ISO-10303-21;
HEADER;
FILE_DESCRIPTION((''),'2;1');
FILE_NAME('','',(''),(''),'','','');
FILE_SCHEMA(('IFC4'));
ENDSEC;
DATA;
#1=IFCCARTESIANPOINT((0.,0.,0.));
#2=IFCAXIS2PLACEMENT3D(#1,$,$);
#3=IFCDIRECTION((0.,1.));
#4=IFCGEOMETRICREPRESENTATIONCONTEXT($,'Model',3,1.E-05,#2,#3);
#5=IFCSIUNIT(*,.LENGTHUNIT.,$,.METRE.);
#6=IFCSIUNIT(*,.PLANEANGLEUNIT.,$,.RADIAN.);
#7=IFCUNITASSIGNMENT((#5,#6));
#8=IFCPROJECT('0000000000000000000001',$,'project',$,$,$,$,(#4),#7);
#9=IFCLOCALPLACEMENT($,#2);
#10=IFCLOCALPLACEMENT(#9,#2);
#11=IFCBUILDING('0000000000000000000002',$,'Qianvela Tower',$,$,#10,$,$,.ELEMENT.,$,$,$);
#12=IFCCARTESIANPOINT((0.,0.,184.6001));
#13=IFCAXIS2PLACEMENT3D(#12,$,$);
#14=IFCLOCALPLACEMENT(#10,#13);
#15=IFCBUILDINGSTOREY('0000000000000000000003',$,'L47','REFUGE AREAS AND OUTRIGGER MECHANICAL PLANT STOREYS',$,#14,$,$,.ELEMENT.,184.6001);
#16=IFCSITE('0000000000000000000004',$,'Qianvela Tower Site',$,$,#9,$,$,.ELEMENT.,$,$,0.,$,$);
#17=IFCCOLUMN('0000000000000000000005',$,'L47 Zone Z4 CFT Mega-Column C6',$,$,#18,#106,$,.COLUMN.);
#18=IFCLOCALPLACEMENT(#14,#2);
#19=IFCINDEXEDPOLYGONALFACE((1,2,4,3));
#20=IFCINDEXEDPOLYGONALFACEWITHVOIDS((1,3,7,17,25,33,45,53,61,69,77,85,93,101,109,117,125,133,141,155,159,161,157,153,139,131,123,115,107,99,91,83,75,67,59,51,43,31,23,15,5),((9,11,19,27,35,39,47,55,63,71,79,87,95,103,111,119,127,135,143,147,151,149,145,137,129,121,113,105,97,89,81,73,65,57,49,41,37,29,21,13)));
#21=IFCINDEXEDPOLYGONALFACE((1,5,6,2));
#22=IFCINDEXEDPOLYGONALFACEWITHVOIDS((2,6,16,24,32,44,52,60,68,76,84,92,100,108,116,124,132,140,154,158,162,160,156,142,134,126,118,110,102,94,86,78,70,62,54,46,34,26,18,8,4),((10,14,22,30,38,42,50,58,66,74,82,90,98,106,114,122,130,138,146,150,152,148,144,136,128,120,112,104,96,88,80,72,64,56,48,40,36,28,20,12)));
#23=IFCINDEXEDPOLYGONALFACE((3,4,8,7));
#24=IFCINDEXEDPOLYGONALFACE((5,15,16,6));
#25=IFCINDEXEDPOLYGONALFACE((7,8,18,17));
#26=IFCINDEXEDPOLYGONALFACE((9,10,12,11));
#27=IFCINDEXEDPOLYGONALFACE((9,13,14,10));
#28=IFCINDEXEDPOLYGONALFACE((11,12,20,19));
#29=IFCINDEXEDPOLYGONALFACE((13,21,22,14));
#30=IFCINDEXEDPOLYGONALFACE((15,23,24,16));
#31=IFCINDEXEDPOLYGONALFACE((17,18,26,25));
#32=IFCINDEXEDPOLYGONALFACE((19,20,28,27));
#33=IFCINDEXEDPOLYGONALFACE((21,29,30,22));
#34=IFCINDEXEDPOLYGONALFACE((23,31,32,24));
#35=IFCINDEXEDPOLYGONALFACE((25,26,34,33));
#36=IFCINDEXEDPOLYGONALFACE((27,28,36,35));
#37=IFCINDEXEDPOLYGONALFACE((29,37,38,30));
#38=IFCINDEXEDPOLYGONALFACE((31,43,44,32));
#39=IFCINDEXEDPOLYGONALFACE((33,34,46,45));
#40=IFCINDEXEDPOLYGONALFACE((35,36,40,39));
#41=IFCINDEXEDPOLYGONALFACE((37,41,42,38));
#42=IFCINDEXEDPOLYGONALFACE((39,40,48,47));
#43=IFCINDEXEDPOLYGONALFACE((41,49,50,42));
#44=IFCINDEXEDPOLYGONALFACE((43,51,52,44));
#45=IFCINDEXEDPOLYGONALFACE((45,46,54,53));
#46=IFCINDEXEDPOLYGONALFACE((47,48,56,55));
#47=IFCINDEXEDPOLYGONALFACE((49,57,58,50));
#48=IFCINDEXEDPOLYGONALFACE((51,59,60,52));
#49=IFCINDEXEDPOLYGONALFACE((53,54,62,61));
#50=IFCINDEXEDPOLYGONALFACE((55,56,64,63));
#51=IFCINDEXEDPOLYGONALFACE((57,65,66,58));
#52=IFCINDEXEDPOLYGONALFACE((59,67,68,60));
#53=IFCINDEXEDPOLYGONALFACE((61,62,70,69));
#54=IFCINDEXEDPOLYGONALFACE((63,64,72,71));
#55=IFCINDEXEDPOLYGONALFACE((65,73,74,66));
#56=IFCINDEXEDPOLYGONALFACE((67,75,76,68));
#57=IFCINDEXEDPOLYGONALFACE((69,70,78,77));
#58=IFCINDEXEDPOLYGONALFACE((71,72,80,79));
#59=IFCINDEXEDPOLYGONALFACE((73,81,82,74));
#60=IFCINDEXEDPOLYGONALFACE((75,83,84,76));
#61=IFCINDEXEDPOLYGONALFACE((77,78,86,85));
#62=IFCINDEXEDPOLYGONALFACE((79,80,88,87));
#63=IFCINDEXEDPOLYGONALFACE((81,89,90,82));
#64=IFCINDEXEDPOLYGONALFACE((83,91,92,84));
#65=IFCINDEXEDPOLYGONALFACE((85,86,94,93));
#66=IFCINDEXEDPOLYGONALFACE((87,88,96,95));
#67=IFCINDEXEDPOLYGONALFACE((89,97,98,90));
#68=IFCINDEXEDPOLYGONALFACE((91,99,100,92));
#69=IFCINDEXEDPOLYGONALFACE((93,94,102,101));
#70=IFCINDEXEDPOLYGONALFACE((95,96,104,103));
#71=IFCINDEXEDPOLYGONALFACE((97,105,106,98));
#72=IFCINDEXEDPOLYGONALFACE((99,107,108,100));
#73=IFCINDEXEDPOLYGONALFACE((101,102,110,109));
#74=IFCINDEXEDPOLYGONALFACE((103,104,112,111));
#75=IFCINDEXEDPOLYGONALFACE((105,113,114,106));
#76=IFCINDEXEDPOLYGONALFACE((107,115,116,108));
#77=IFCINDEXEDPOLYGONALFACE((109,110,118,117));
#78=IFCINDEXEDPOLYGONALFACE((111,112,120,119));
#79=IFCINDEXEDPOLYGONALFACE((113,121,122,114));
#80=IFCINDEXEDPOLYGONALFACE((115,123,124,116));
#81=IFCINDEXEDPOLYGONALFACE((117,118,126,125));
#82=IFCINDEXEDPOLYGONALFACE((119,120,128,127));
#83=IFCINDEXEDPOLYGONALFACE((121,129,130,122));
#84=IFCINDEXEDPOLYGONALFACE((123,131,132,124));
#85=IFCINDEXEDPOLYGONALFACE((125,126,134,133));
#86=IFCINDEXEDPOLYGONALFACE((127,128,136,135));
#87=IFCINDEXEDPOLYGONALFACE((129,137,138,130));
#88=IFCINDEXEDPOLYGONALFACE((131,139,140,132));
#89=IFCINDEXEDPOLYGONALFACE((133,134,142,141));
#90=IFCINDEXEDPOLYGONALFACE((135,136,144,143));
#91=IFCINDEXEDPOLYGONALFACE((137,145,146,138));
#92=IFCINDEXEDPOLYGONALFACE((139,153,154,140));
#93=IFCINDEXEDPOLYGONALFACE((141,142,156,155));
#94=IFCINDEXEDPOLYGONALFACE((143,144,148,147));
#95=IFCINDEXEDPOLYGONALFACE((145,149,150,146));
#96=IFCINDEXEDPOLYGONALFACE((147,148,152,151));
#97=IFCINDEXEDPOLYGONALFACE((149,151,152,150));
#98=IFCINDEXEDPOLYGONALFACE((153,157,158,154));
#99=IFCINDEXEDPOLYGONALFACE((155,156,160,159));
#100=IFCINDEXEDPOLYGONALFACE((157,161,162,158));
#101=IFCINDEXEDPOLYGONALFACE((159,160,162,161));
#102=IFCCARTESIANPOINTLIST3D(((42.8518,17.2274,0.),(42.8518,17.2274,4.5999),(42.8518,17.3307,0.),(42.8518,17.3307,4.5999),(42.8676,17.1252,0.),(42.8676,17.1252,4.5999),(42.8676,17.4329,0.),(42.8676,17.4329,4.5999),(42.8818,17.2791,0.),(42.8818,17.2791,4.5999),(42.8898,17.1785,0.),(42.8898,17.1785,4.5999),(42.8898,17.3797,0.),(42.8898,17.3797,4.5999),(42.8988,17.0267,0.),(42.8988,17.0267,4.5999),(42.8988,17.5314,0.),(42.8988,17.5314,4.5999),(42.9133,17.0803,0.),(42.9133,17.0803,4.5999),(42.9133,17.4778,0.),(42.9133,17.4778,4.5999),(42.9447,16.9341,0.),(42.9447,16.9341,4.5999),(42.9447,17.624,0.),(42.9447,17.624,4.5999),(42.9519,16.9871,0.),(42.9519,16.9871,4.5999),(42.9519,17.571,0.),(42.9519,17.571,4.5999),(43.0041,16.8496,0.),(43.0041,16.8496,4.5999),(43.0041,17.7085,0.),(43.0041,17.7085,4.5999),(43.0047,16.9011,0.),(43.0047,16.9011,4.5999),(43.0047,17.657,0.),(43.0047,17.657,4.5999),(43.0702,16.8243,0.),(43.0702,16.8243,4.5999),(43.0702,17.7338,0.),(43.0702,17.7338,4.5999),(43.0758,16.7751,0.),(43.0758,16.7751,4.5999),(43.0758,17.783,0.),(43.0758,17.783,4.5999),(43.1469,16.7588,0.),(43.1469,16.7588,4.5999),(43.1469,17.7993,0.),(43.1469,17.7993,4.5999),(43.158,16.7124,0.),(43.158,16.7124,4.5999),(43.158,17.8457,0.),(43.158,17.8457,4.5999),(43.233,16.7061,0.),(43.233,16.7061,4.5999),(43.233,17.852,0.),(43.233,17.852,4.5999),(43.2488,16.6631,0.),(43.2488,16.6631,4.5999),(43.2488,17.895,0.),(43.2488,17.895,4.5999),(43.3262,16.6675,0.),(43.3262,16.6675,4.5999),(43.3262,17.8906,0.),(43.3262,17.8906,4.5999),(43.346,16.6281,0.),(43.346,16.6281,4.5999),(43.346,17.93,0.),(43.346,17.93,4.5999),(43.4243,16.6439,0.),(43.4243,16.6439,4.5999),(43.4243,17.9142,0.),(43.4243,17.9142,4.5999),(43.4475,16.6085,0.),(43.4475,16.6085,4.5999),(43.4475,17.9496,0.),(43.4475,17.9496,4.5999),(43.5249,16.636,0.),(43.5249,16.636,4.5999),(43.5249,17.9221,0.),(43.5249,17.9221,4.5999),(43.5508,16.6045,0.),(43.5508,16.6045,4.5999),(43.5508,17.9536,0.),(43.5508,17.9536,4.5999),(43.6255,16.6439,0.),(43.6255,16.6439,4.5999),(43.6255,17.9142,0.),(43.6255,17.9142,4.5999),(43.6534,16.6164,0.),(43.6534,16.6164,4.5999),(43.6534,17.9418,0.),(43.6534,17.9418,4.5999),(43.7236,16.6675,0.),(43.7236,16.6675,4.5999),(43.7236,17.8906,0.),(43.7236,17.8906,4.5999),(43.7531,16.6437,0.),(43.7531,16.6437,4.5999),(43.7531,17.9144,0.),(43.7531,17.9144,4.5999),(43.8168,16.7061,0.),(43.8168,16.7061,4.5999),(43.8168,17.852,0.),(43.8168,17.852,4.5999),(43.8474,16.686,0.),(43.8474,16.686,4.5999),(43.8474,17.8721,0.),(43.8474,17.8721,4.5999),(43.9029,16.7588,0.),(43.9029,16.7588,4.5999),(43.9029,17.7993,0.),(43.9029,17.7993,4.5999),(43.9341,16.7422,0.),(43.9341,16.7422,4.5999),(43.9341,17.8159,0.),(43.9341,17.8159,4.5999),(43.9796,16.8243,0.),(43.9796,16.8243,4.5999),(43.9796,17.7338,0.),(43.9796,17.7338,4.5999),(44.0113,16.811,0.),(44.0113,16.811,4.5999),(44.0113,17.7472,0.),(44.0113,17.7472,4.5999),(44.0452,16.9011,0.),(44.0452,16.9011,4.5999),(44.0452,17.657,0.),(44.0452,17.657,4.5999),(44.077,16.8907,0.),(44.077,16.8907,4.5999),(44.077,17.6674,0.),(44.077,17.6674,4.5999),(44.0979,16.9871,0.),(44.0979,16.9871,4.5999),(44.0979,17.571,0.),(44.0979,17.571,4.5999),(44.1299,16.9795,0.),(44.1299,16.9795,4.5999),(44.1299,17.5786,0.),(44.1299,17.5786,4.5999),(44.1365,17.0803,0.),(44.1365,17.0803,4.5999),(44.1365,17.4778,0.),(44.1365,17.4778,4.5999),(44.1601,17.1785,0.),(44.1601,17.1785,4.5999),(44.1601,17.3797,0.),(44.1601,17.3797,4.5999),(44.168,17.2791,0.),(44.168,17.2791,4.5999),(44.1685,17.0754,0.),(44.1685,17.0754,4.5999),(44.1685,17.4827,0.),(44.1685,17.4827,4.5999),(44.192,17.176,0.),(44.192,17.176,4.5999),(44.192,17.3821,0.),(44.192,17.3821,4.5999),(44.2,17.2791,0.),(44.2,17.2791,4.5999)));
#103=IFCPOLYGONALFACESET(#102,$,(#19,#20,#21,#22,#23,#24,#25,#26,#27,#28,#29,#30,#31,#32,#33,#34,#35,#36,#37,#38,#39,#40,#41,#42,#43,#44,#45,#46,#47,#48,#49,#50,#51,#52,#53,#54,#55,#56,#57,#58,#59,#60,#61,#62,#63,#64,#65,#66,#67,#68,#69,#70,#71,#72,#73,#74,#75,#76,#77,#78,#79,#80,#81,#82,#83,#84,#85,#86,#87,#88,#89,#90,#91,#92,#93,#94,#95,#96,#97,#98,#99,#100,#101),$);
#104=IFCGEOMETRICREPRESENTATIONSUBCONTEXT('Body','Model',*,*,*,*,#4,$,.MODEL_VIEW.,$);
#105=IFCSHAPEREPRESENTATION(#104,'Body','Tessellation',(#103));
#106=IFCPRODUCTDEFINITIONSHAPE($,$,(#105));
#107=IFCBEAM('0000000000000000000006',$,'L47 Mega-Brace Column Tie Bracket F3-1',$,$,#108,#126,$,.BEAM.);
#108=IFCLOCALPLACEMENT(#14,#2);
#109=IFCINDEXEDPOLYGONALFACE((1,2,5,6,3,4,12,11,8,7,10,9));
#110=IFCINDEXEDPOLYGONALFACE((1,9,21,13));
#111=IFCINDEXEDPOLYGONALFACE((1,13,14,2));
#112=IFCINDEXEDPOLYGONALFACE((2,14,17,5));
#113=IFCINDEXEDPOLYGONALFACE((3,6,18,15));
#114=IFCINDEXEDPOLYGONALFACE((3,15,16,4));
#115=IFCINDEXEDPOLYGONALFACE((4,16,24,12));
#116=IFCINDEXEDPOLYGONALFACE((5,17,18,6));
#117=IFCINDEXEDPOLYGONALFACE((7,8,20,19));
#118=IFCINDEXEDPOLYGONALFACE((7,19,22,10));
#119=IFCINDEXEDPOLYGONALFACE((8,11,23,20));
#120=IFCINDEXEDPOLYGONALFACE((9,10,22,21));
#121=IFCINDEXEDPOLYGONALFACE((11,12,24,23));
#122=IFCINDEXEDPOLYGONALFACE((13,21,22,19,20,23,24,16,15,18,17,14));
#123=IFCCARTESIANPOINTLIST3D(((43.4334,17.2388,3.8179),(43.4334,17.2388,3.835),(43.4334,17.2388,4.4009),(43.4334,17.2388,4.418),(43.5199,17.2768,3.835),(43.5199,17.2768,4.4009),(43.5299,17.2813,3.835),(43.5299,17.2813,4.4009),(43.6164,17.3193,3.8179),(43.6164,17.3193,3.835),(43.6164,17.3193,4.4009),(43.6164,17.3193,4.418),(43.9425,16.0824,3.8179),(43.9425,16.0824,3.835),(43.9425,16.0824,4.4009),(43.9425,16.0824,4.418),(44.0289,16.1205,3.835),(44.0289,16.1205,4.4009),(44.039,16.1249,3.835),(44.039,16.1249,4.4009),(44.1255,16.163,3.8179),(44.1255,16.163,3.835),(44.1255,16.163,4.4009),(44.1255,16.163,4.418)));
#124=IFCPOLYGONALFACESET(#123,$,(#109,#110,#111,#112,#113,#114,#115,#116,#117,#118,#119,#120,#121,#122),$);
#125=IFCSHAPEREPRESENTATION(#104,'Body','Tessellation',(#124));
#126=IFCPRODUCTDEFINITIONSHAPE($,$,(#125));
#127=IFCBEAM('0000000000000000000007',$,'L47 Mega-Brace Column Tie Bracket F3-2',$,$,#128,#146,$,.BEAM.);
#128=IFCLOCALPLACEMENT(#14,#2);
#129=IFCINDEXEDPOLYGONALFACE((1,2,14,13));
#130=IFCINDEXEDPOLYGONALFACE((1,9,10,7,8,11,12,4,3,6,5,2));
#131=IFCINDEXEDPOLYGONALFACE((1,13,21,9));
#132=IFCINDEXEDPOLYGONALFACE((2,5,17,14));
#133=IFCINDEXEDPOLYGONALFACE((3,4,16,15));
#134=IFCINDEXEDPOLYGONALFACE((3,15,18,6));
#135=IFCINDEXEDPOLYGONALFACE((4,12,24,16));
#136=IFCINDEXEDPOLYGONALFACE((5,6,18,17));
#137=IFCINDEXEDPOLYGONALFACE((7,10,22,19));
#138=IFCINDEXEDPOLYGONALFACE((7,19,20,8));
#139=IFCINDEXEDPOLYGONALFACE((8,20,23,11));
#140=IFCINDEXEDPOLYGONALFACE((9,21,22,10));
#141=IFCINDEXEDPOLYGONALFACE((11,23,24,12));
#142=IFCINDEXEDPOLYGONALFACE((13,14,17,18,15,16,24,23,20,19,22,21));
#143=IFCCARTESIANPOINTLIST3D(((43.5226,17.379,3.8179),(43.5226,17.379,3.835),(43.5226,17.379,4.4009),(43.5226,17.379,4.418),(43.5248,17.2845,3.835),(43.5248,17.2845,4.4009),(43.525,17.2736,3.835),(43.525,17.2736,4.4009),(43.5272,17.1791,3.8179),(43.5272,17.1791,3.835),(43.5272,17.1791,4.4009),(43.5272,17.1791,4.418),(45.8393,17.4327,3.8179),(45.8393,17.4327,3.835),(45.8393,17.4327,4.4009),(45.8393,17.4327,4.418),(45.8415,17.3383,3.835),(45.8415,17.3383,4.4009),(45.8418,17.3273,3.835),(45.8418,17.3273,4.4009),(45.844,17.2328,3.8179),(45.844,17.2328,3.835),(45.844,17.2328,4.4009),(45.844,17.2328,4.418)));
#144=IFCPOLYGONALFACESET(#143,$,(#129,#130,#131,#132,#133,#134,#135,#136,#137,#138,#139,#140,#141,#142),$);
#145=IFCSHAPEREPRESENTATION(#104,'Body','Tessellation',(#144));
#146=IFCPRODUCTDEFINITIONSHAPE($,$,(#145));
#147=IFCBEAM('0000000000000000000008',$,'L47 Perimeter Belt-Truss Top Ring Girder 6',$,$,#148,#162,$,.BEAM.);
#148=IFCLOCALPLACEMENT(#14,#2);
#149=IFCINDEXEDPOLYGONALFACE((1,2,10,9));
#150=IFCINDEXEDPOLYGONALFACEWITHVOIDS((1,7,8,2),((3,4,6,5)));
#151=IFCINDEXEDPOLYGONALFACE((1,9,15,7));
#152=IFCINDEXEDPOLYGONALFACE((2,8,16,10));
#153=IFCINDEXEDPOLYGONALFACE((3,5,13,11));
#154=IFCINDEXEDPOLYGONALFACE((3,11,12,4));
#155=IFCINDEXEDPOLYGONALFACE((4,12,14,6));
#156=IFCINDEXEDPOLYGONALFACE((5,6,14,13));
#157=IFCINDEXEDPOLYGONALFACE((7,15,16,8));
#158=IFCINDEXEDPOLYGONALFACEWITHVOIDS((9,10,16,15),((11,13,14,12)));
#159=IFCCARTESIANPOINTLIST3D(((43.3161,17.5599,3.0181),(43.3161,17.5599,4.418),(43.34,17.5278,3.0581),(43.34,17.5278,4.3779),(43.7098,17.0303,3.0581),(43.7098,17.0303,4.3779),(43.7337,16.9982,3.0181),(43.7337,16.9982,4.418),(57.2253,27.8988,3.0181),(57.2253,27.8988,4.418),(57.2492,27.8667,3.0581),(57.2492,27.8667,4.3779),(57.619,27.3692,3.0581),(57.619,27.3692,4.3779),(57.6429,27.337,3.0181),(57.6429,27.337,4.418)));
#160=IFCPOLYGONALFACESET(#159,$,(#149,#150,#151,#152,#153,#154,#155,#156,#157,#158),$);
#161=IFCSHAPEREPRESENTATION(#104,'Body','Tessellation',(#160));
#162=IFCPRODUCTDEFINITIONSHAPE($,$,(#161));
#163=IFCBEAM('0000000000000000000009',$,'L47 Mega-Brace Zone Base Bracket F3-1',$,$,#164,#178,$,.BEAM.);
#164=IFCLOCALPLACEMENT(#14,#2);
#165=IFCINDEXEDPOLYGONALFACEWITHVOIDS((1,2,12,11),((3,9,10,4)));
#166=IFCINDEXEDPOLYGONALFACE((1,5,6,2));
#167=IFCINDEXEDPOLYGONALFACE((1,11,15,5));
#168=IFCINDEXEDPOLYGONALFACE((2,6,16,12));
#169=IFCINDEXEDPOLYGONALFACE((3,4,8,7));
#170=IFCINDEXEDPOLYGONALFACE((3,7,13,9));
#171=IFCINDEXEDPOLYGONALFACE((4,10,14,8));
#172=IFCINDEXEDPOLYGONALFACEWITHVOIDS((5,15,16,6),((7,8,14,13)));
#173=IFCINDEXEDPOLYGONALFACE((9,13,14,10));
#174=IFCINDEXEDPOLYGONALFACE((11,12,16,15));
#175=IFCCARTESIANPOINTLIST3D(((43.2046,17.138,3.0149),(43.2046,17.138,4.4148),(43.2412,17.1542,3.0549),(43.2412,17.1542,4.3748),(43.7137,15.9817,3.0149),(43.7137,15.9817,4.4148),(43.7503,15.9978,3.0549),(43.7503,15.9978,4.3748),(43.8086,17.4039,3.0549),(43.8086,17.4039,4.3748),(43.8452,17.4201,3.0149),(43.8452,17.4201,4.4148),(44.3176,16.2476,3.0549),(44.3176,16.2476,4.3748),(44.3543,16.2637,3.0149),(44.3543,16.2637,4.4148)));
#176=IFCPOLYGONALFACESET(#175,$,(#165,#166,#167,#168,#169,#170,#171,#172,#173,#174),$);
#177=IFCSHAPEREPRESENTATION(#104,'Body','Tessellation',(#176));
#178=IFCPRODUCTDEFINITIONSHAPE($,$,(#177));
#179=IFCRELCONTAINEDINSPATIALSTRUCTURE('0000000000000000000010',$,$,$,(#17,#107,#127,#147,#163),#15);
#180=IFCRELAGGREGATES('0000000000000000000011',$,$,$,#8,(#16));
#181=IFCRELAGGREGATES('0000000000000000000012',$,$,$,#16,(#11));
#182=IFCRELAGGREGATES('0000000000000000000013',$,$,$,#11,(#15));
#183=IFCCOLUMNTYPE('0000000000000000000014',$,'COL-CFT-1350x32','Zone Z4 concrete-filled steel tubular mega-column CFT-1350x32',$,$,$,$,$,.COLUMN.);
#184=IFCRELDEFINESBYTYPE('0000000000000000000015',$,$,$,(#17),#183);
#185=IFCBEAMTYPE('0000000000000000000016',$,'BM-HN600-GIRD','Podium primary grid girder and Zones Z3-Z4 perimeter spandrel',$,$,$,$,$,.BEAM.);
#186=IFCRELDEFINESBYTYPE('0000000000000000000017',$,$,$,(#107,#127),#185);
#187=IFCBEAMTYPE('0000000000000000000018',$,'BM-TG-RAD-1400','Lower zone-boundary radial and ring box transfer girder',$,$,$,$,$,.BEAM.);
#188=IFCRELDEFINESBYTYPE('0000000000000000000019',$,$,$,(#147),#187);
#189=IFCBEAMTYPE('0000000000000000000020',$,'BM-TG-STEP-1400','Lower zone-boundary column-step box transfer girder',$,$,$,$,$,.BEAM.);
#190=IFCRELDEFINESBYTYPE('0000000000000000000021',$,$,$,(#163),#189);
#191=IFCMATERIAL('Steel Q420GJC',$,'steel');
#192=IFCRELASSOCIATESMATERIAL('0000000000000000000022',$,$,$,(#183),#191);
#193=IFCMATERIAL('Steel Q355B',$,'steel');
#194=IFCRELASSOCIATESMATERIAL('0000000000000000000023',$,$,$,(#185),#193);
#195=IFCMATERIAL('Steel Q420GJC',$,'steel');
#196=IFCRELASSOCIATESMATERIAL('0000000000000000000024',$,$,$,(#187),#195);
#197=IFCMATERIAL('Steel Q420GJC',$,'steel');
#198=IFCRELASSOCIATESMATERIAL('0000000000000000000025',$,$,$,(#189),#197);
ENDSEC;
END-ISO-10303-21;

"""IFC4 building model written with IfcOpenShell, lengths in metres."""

from ifc_helpers import new_model, si_unit, direction, frame, origin, origin_2d, place, context, subcontext, project, spatial, hollow_rectangle, hollow_circle, i_section, extrude, material, material_profile, profile_set, type_object, element, save


model = new_model("IFC4")

# Units and contexts
model_context = context("Model", 3, precision=1e-05, world=origin(), true_north=direction((0.0, 1.0)))
body_context = subcontext(model_context, "Body", "Model", "MODEL_VIEW")
ifc_project = project(units=[si_unit("LENGTHUNIT", "METRE"), si_unit("PLANEANGLEUNIT", "RADIAN")], contexts=[model_context])

# Site, building, storey
site_placement = place(None, origin())
site = spatial("IfcSite", under=ifc_project, at=site_placement, Name="Qianvela Tower Site", CompositionType="ELEMENT", RefElevation=0.0)
building_placement = place(site_placement, origin())
building = spatial("IfcBuilding", under=site, at=building_placement, Name="Qianvela Tower", CompositionType="ELEMENT")
storey_placement = place(building_placement, frame((0.0, 0.0, 184.6001)))
storey = spatial("IfcBuildingStorey", under=building, at=storey_placement, Name="L47", Description="REFUGE AREAS AND OUTRIGGER MECHANICAL PLANT STOREYS", CompositionType="ELEMENT", Elevation=184.6001)

# Column
ifc_material_1 = material(Name="Steel Q420GJC", Category="steel")
ifc_material_profile_1 = material_profile(ifc_material_1, hollow_circle(Radius=0.675, WallThickness=0.032, at=origin_2d()), Name="CFT-1350x32")
ifc_profile_set_1 = profile_set([ifc_material_profile_1], Name="Steel Q420GJC")
column_type = type_object("IfcColumnType", Name="COL-CFT-1350x32", Description="Zone Z4 concrete-filled steel tubular mega-column CFT-1350x32", PredefinedType="COLUMN", material=ifc_profile_set_1)
column_placement = place(storey_placement, frame((43.5249, 17.2791, 0.0), z_axis=(0.0, 0.0, 1.0), x_axis=(1.0, 0.0, 0.0)))
element("IfcColumn", 1, at=column_placement, inside=storey, type_object=column_type, Name="L47 Zone Z4 CFT Mega-Column C6", PredefinedType="COLUMN", context=body_context, shape_type="SweptSolid", body=[
    extrude(hollow_circle(Radius=0.675, WallThickness=0.032, at=origin_2d()), origin(), (0.0, 0.0, 1.0), 4.5999),
])

# Beams
ifc_material_2 = material(Name="Steel Q355B", Category="steel")
ifc_material_profile_2 = material_profile(ifc_material_2, i_section(OverallWidth=0.2, OverallDepth=0.6001, WebThickness=0.011, FlangeThickness=0.0171, at=origin_2d()), Name="HN600x200x11x17")
ifc_profile_set_2 = profile_set([ifc_material_profile_2], Name="Steel Q355B")
beam_type_1 = type_object("IfcBeamType", Name="BM-HN600-GIRD", Description="Podium primary grid girder and Zones Z3-Z4 perimeter spandrel", PredefinedType="BEAM", material=ifc_profile_set_2)
beam_1_placement = place(storey_placement, frame((43.5249, 17.2791, 4.1179), z_axis=(0.402926, -0.915232, 0.0), x_axis=(0.915232, 0.402926, 0.0)))
element("IfcBeam", 2, at=beam_1_placement, inside=storey, type_object=beam_type_1, Name="L47 Mega-Brace Column Tie Bracket F3-1", PredefinedType="BEAM", context=body_context, shape_type="SweptSolid", body=[
    extrude(i_section(OverallWidth=0.2, OverallDepth=0.6001, WebThickness=0.011, FlangeThickness=0.0171, at=origin_2d()), origin(), (0.0, 0.0, 1.0), 1.2634),
])
beam_2_placement = place(storey_placement, frame((43.5249, 17.2791, 4.1179), z_axis=(0.999731, 0.023179, 0.0), x_axis=(-0.023179, 0.999731, 0.0)))
element("IfcBeam", 3, at=beam_2_placement, inside=storey, type_object=beam_type_1, Name="L47 Mega-Brace Column Tie Bracket F3-2", PredefinedType="BEAM", context=body_context, shape_type="SweptSolid", body=[
    extrude(i_section(OverallWidth=0.2, OverallDepth=0.6001, WebThickness=0.011, FlangeThickness=0.0171, at=origin_2d()), origin(), (0.0, 0.0, 1.0), 2.3174),
])
ifc_material_3 = material(Name="Steel Q420GJC", Category="steel")
ifc_material_profile_3 = material_profile(ifc_material_3, hollow_rectangle(XDim=0.7, YDim=1.3999, WallThickness=0.04, at=origin_2d()), Name="TG-BOX-1400x700x40")
ifc_profile_set_3 = profile_set([ifc_material_profile_3], Name="Steel Q420GJC")
beam_type_2 = type_object("IfcBeamType", Name="BM-TG-RAD-1400", Description="Lower zone-boundary radial and ring box transfer girder", PredefinedType="BEAM", material=ifc_profile_set_3)
beam_3_placement = place(storey_placement, frame((43.5249, 17.2791, 3.718), z_axis=(0.802569, 0.596559, 0.0), x_axis=(-0.596559, 0.802569, 0.0)))
element("IfcBeam", 4, at=beam_3_placement, inside=storey, type_object=beam_type_2, Name="L47 Perimeter Belt-Truss Top Ring Girder 6", PredefinedType="BEAM", context=body_context, shape_type="SweptSolid", body=[
    extrude(hollow_rectangle(XDim=0.7, YDim=1.3999, WallThickness=0.04, at=origin_2d()), origin(), (0.0, 0.0, 1.0), 17.3308),
])
ifc_material_4 = material(Name="Steel Q420GJC", Category="steel")
ifc_material_profile_4 = material_profile(ifc_material_4, hollow_rectangle(XDim=0.7, YDim=1.3999, WallThickness=0.04, at=origin_2d()), Name="TG-BOX-1400x700x40")
ifc_profile_set_4 = profile_set([ifc_material_profile_4], Name="Steel Q420GJC")
beam_type_3 = type_object("IfcBeamType", Name="BM-TG-STEP-1400", Description="Lower zone-boundary column-step box transfer girder", PredefinedType="BEAM", material=ifc_profile_set_4)
beam_4_placement = place(storey_placement, frame((43.5249, 17.2791, 3.7148), z_axis=(0.402926, -0.915232, 0.0), x_axis=(0.915232, 0.402926, 0.0)))
element("IfcBeam", 5, at=beam_4_placement, inside=storey, type_object=beam_type_3, Name="L47 Mega-Brace Zone Base Bracket F3-1", PredefinedType="BEAM", context=body_context, shape_type="SweptSolid", body=[
    extrude(hollow_rectangle(XDim=0.7, YDim=1.3999, WallThickness=0.04, at=origin_2d()), origin(), (0.0, 0.0, 1.0), 1.2634),
])

save(model, "model.ifc")
